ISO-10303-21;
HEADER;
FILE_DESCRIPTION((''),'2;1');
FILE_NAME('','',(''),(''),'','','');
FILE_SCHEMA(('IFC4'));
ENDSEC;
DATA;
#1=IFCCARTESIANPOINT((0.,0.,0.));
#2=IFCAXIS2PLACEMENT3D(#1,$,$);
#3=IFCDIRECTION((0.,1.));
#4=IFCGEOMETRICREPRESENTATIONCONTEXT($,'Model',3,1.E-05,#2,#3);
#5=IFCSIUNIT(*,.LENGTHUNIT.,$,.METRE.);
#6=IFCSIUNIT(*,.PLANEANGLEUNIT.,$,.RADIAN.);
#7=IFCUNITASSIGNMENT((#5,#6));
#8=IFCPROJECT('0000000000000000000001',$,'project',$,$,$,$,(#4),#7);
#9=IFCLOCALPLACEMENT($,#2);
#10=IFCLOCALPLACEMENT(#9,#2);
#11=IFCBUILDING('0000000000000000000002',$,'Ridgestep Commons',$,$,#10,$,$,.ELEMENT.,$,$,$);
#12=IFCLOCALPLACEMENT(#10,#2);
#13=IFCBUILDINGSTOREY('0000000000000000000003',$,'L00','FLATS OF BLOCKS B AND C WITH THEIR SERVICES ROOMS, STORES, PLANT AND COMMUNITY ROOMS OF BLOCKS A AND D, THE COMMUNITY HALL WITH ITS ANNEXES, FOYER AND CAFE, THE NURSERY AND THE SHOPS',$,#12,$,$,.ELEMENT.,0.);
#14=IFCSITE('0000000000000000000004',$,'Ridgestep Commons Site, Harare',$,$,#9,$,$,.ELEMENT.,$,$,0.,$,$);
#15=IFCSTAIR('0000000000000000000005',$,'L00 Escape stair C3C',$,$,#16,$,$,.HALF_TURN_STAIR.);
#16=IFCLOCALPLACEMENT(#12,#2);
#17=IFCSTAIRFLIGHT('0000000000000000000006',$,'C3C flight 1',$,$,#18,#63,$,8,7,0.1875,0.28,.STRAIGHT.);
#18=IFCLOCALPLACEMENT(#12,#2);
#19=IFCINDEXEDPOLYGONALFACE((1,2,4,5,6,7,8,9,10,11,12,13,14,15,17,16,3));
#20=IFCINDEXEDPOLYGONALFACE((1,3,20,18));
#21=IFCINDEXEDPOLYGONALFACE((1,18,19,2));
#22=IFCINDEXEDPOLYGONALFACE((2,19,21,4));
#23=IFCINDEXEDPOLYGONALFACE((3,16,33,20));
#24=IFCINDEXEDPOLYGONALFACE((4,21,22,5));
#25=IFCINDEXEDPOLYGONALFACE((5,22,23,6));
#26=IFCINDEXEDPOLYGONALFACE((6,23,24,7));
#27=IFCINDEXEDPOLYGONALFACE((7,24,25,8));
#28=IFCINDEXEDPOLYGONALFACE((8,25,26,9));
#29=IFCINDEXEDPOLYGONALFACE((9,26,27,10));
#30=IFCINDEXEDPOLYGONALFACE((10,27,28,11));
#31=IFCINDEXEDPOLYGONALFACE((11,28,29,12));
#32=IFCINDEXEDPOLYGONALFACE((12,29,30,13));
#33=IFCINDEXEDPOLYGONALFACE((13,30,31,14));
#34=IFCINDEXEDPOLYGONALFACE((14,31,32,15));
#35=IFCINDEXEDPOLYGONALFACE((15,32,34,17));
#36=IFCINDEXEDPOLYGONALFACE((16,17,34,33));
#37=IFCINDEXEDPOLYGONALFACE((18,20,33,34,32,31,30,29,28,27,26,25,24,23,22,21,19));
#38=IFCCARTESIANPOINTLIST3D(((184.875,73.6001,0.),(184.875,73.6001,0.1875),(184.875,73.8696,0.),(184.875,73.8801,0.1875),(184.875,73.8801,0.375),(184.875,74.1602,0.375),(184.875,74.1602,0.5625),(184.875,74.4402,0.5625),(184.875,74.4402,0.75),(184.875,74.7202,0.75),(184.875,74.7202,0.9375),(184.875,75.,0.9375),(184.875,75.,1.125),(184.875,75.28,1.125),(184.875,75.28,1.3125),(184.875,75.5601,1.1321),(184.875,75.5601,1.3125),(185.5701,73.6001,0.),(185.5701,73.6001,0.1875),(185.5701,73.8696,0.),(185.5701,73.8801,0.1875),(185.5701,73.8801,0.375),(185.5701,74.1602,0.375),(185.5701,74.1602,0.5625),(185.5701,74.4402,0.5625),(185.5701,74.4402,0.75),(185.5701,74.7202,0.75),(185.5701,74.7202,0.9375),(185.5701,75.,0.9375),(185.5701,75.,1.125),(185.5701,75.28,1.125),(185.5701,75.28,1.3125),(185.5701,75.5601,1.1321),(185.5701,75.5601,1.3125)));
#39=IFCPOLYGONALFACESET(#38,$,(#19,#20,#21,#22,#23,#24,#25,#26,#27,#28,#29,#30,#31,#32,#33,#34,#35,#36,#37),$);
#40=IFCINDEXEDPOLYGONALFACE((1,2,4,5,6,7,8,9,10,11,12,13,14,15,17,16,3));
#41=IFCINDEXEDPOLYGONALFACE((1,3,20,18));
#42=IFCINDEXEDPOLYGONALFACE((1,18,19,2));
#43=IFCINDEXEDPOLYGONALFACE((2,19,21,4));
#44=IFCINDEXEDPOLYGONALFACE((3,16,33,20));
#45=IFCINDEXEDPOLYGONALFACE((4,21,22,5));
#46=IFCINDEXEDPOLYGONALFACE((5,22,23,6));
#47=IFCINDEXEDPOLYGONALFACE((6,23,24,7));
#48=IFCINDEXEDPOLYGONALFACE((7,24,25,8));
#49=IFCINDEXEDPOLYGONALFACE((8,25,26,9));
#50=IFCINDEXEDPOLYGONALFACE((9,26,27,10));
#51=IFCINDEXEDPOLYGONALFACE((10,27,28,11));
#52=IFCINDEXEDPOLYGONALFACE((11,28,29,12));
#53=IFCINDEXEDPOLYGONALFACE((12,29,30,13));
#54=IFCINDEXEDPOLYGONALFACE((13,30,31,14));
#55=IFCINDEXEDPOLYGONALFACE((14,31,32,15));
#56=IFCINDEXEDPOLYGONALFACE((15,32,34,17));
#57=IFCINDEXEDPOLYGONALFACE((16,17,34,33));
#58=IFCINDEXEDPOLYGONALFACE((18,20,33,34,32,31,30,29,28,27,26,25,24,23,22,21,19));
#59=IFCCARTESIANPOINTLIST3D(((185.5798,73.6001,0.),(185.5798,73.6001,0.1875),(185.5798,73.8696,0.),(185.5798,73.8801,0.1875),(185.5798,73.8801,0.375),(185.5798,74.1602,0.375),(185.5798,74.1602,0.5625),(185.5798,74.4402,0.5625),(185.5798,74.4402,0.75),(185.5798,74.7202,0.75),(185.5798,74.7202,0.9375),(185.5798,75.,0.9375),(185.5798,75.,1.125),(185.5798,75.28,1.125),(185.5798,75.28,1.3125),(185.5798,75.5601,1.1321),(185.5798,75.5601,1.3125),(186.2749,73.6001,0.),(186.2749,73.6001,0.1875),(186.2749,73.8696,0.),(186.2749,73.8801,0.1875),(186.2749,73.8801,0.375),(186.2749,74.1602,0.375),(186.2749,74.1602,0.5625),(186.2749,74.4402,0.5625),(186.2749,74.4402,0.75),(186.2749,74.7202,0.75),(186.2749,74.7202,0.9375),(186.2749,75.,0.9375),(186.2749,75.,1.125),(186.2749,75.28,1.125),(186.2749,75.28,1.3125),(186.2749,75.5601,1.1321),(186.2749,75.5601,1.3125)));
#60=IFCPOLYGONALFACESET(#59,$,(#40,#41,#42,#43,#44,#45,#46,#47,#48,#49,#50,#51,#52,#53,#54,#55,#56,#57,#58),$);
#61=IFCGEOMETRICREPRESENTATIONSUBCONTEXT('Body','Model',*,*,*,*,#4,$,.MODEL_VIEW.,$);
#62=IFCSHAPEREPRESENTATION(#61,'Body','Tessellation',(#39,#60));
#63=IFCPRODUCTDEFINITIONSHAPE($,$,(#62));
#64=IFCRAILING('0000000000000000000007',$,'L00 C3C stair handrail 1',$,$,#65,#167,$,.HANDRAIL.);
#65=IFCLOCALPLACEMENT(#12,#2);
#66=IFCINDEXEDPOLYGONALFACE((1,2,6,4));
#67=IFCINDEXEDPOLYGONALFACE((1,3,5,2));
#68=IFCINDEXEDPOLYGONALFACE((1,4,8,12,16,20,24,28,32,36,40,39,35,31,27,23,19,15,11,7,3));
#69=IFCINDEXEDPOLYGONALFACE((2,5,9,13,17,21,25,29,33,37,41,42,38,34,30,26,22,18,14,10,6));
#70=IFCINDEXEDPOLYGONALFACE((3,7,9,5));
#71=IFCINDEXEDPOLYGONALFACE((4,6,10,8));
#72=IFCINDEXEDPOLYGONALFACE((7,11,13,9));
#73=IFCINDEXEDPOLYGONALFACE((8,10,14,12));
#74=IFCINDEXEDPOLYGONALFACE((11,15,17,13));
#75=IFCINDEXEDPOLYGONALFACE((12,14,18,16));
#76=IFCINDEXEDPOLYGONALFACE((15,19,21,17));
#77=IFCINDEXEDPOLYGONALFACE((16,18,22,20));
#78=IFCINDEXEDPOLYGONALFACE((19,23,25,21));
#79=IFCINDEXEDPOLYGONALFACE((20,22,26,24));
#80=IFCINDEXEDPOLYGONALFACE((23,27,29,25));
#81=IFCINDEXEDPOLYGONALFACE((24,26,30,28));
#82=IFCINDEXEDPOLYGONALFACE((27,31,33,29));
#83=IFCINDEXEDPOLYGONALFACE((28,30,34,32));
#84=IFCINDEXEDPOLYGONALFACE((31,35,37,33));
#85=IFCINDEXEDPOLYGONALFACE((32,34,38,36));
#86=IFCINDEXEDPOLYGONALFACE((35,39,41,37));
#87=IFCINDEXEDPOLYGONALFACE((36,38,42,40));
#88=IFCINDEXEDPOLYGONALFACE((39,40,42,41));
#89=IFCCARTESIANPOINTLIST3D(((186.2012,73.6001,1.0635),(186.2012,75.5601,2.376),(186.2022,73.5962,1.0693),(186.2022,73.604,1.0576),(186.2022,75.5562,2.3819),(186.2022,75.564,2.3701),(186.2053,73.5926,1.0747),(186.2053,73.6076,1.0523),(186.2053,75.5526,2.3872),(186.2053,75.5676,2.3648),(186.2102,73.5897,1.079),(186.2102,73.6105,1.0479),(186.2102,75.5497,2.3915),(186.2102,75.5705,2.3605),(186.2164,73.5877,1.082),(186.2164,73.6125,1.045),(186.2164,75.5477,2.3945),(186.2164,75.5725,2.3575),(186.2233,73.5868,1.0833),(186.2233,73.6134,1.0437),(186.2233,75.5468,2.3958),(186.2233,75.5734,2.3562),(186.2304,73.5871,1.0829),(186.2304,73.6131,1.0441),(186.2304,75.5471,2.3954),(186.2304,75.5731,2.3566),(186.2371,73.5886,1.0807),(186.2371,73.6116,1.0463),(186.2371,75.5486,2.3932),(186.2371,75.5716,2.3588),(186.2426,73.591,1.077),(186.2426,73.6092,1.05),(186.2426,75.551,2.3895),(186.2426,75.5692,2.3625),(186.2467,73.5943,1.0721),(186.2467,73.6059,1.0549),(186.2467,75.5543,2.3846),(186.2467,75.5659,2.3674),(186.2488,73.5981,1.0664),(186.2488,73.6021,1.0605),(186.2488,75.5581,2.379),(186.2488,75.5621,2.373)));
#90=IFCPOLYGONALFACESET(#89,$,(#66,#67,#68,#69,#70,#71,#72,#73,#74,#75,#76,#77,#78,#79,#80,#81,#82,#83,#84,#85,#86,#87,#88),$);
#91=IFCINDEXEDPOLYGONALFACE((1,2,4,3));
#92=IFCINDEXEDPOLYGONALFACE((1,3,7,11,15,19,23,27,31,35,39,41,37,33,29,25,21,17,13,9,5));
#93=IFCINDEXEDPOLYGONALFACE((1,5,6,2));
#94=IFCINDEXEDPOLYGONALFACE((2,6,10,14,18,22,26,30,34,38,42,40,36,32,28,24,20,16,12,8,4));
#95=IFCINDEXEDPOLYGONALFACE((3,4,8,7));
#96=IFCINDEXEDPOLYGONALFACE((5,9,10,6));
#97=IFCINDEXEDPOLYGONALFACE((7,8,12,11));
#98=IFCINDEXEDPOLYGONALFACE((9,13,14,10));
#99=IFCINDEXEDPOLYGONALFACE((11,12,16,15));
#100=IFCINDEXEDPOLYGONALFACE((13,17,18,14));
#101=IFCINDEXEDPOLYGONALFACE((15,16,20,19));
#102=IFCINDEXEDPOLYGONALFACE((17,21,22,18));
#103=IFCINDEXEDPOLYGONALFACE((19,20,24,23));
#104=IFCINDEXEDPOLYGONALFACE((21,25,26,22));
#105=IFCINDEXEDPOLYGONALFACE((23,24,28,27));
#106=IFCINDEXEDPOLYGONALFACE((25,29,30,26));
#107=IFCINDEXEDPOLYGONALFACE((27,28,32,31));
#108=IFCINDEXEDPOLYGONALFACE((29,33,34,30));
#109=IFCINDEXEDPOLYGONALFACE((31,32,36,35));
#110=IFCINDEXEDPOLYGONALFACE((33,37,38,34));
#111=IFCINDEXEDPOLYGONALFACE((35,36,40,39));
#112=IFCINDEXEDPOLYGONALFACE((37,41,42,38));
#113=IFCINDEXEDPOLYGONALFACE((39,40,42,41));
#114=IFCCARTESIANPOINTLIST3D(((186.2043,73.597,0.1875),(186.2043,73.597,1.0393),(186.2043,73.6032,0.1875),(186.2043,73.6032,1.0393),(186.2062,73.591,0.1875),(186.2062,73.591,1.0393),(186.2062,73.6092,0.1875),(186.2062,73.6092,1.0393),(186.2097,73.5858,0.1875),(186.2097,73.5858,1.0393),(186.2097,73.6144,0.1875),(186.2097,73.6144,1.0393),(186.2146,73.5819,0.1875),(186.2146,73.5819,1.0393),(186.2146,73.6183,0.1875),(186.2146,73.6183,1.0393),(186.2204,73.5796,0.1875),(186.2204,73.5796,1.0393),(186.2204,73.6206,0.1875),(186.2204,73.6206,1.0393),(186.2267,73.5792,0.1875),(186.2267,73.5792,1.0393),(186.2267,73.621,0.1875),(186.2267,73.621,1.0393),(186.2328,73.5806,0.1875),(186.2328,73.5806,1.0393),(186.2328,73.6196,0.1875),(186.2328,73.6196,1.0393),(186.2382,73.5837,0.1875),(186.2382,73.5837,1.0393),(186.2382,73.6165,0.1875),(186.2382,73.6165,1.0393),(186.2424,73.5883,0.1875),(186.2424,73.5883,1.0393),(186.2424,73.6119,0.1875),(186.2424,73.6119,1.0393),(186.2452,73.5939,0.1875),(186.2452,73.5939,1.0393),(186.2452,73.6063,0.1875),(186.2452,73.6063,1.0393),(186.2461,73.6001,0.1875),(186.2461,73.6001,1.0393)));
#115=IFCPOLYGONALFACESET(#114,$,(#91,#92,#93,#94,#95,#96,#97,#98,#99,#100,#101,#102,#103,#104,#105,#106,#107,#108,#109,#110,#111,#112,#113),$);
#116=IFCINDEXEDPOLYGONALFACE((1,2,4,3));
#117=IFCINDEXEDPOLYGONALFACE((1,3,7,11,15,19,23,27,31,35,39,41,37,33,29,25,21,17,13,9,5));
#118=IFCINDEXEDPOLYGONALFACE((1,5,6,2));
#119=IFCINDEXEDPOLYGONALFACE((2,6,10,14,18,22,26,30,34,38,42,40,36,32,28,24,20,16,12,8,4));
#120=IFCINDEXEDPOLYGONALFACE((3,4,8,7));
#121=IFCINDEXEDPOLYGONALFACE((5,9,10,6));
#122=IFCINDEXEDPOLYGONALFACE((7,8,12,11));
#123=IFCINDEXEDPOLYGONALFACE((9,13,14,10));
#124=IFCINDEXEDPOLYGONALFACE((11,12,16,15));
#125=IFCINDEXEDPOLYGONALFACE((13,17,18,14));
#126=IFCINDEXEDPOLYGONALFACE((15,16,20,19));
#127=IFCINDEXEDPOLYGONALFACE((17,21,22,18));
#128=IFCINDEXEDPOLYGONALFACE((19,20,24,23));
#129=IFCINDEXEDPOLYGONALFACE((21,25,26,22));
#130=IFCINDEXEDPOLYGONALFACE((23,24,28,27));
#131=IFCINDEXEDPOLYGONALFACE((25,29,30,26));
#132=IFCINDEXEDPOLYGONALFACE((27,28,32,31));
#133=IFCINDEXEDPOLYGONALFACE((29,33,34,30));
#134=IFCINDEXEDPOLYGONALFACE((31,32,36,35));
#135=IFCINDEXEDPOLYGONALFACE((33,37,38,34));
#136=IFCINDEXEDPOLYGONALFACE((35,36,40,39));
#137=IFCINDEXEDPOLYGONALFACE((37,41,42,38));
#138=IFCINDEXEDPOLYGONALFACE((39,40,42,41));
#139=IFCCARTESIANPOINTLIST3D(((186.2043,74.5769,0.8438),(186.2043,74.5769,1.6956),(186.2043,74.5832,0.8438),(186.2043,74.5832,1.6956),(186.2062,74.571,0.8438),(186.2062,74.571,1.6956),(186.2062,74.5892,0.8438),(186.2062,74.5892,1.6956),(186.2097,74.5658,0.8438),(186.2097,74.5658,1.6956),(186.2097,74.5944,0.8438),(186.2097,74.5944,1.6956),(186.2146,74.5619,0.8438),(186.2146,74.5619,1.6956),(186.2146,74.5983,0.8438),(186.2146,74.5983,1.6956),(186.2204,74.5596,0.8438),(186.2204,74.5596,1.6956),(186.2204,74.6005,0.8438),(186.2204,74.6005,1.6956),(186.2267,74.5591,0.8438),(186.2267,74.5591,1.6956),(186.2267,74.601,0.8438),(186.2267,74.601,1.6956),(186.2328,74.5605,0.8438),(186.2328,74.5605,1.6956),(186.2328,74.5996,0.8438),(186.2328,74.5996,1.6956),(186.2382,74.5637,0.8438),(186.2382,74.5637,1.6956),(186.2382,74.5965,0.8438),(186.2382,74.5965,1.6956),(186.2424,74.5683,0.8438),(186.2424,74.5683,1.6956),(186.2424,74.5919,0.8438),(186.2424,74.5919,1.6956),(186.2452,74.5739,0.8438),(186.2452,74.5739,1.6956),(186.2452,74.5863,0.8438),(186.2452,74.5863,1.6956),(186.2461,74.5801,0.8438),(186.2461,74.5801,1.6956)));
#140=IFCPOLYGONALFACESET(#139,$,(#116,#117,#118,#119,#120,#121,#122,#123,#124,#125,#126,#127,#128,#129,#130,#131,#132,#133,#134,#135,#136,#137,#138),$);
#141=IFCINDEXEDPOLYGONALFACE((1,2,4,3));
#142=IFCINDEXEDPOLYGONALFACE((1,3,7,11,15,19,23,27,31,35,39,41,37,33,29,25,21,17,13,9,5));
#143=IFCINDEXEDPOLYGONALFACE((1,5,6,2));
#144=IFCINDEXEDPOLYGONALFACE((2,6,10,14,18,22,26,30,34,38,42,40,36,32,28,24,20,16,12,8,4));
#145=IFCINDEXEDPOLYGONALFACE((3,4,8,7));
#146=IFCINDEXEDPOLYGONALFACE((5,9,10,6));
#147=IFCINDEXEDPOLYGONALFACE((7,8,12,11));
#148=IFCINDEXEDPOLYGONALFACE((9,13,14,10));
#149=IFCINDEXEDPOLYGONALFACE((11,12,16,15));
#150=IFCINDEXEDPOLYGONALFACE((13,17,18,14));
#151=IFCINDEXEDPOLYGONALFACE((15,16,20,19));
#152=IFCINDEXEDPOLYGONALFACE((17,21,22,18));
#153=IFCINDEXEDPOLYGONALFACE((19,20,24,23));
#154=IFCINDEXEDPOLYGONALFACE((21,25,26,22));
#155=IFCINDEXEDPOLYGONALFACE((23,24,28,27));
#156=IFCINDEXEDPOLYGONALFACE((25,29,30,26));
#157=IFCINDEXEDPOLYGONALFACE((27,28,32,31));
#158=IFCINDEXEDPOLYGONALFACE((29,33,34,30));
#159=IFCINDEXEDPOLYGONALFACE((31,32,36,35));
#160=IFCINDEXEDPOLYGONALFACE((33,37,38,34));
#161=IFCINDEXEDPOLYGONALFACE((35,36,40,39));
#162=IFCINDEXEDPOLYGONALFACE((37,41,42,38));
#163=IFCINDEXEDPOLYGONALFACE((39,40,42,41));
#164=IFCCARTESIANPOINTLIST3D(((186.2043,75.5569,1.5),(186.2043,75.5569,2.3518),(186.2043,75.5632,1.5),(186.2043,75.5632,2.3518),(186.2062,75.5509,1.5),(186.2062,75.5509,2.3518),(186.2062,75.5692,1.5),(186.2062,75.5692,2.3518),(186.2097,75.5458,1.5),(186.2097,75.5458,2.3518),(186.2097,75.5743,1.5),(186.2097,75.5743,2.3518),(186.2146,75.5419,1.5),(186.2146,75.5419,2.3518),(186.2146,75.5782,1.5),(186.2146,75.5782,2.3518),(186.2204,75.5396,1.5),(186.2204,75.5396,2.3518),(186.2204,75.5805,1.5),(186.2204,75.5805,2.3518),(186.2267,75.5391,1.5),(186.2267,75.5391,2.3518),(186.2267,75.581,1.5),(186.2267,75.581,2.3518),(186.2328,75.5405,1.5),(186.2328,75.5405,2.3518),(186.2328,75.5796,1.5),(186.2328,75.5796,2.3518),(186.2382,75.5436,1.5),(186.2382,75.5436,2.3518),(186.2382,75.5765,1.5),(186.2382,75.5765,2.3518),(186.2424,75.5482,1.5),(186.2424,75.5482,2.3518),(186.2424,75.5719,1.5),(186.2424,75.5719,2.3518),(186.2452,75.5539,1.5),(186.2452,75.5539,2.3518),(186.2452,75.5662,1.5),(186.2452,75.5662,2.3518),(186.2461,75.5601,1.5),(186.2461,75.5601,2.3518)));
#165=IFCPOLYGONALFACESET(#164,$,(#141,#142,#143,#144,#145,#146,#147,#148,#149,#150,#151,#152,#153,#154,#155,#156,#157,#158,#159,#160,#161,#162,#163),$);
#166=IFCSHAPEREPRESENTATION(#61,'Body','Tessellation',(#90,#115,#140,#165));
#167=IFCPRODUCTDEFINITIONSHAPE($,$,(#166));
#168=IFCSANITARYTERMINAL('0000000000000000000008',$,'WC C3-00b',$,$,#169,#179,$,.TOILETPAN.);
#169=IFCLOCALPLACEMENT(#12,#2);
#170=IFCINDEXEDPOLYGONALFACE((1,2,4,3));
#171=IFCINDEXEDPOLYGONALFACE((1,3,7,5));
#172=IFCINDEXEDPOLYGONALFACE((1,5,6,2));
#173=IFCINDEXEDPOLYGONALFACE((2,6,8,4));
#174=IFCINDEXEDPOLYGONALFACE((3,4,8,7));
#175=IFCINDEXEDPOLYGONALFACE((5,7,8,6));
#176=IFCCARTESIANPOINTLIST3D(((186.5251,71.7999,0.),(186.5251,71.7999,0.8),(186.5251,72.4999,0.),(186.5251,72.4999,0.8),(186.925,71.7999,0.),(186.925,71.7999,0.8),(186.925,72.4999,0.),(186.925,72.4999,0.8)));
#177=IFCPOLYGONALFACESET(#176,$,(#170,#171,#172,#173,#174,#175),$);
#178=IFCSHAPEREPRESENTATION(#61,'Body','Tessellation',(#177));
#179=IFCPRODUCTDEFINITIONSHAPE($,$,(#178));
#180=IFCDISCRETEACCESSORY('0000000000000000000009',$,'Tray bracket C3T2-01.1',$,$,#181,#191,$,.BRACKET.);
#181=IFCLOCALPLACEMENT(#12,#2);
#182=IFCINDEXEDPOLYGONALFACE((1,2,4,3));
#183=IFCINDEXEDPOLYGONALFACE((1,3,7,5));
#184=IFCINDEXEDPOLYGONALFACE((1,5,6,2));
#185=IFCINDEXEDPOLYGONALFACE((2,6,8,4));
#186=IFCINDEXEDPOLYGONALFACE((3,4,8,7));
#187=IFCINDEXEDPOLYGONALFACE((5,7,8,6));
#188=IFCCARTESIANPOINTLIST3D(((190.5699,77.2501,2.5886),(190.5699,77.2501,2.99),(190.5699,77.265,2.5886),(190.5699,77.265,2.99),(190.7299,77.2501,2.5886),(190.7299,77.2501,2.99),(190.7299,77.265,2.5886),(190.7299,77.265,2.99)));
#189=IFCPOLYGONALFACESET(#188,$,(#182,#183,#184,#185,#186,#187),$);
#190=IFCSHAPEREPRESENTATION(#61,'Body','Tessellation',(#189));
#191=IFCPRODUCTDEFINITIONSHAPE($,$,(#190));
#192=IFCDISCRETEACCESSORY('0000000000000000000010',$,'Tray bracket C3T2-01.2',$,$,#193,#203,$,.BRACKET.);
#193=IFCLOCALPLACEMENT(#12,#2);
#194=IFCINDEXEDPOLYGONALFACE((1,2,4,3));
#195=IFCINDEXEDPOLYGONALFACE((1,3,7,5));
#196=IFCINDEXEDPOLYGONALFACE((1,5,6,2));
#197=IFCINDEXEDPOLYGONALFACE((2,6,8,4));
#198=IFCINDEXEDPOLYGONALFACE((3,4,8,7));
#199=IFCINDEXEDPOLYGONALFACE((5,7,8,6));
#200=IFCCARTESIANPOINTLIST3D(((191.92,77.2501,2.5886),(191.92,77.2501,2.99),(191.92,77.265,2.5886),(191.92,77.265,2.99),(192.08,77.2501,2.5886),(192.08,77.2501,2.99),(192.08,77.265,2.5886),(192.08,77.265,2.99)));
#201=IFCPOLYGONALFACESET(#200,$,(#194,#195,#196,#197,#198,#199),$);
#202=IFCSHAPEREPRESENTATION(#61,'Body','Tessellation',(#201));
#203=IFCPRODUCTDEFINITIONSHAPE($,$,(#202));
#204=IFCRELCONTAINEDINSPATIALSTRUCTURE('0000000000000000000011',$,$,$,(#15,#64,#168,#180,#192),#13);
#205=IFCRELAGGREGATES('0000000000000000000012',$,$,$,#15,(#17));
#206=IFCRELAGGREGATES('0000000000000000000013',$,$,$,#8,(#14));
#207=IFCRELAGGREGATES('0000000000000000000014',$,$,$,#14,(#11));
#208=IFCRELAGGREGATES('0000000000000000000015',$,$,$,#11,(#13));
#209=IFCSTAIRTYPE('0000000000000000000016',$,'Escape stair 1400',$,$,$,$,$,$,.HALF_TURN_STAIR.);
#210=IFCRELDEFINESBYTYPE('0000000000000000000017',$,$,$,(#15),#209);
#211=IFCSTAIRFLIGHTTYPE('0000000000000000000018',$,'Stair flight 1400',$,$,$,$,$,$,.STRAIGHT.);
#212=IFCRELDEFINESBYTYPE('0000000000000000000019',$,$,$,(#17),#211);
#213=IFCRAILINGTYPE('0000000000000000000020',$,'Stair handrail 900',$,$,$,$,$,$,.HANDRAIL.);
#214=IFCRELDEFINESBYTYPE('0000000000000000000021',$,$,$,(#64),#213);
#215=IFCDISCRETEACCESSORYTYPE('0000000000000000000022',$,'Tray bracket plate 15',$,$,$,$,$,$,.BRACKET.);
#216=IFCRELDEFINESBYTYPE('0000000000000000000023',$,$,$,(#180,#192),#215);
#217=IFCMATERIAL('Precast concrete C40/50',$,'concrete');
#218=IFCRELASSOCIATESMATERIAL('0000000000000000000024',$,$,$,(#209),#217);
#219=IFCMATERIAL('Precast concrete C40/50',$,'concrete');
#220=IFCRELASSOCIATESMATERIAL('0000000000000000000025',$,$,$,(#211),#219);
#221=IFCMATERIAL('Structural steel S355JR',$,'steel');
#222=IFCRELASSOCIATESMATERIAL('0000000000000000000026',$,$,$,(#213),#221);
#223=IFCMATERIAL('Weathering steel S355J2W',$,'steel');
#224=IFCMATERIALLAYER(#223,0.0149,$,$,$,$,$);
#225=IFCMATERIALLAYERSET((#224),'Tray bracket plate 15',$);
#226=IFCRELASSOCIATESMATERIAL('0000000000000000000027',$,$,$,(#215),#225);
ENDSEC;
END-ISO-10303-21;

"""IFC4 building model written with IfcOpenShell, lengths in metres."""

from ifc_helpers import new_model, si_unit, direction, frame, origin, origin_2d, place, context, subcontext, project, spatial, polyline, rectangle, circle, outline, extrude, material, layer, layer_set, type_object, element, aggregate, save


model = new_model("IFC4")

# Units and contexts
model_context = context("Model", 3, precision=1e-05, world=origin(), true_north=direction((0.0, 1.0)))
body_context = subcontext(model_context, "Body", "Model", "MODEL_VIEW")
ifc_project = project(units=[si_unit("LENGTHUNIT", "METRE"), si_unit("PLANEANGLEUNIT", "RADIAN")], contexts=[model_context])

# Site, building, storey
site_placement = place(None, origin())
site = spatial("IfcSite", under=ifc_project, at=site_placement, Name="Ridgestep Commons Site, Harare", CompositionType="ELEMENT", RefElevation=0.0)
building_placement = place(site_placement, origin())
building = spatial("IfcBuilding", under=site, at=building_placement, Name="Ridgestep Commons", CompositionType="ELEMENT")
storey_placement = place(building_placement, origin())
storey = spatial("IfcBuildingStorey", under=building, at=storey_placement, Name="L00", Description="FLATS OF BLOCKS B AND C WITH THEIR SERVICES ROOMS, STORES, PLANT AND COMMUNITY ROOMS OF BLOCKS A AND D, THE COMMUNITY HALL WITH ITS ANNEXES, FOYER AND CAFE, THE NURSERY AND THE SHOPS", CompositionType="ELEMENT", Elevation=0.0)

# Stair, stair flight
ifc_material_1 = material(Name="Precast concrete C40/50", Category="concrete")
stair_type = type_object("IfcStairType", Name="Escape stair 1400", PredefinedType="HALF_TURN_STAIR", material=ifc_material_1)
stair_placement = place(storey_placement, origin())
stair = element("IfcStair", 1, at=stair_placement, inside=storey, type_object=stair_type, Name="L00 Escape stair C3C", PredefinedType="HALF_TURN_STAIR")
ifc_material_2 = material(Name="Precast concrete C40/50", Category="concrete")
stair_flight_type = type_object("IfcStairFlightType", Name="Stair flight 1400", PredefinedType="STRAIGHT", material=ifc_material_2)
stair_flight_placement = place(storey_placement, frame((185.575, 73.6001, 0.0), z_axis=(0.0, 0.0, 1.0), x_axis=(0.0, 1.0, 0.0)))
stair_flight = element("IfcStairFlight", 2, at=stair_flight_placement, type_object=stair_flight_type, Name="C3C flight 1", NumberOfRisers=8, NumberOfTreads=7, PredefinedType="STRAIGHT", RiserHeight=0.1875, TreadLength=0.28, context=body_context, shape_type="SweptSolid", body=[
    extrude(outline(polyline([(0.0, 0.0), (0.0, 0.1875), (0.28, 0.1875), (0.28, 0.375), (0.5601, 0.375), (0.5601, 0.5625), (0.8401, 0.5625), (0.8401, 0.75), (1.1201, 0.75), (1.1201, 0.9375), (1.3999, 0.9375), (1.3999, 1.125), (1.6799, 1.125), (1.6799, 1.3125), (1.96, 1.3125), (1.96, 1.5), (1.96, 1.1321), (0.2695, 0.0), (0.0, 0.0)])), frame((0.0, 0.7, 0.0), z_axis=(0.0, -1.0, 0.0), x_axis=(1.0, 0.0, 0.0)), (0.0, 0.0, 1.0), 0.6951),
    extrude(outline(polyline([(0.0, 0.0), (0.0, 0.1875), (0.28, 0.1875), (0.28, 0.375), (0.5601, 0.375), (0.5601, 0.5625), (0.8401, 0.5625), (0.8401, 0.75), (1.1201, 0.75), (1.1201, 0.9375), (1.3999, 0.9375), (1.3999, 1.125), (1.6799, 1.125), (1.6799, 1.3125), (1.96, 1.3125), (1.96, 1.5), (1.96, 1.1321), (0.2695, 0.0), (0.0, 0.0)])), frame((0.0, -0.0049, 0.0), z_axis=(0.0, -1.0, 0.0), x_axis=(1.0, 0.0, 0.0)), (0.0, 0.0, 1.0), 0.6951),
])
aggregate(stair, [stair_flight])

# Railing
ifc_material_3 = material(Name="Structural steel S355JR", Category="steel")
railing_type = type_object("IfcRailingType", Name="Stair handrail 900", PredefinedType="HANDRAIL", material=ifc_material_3)
railing_placement = place(storey_placement, frame((186.2251, 73.6001, 0.1875)))
element("IfcRailing", 3, at=railing_placement, inside=storey, type_object=railing_type, Name="L00 C3C stair handrail 1", PredefinedType="HANDRAIL", context=body_context, shape_type="SweptSolid", body=[
    extrude(circle(Radius=0.0239, at=origin_2d()), frame((0.0, 0.0, 0.876), z_axis=(0.0, 0.830902, 0.556419), x_axis=(-1.0, 0.0, 0.0)), (0.0, 0.0, 1.0), 2.3589),
    extrude(circle(Radius=0.021, at=origin_2d()), origin(), (0.0, 0.0, 1.0), 0.8518),
    extrude(circle(Radius=0.021, at=origin_2d()), frame((0.0, 0.98, 0.6562)), (0.0, 0.0, 1.0), 0.8518),
    extrude(circle(Radius=0.021, at=origin_2d()), frame((0.0, 1.96, 1.3125)), (0.0, 0.0, 1.0), 0.8518),
])

# Sanitary terminal
sanitary_terminal_placement = place(storey_placement, frame((186.7251, 72.1499, 0.0), z_axis=(0.0, 0.0, 1.0), x_axis=(1.0, 0.0, 0.0)))
element("IfcSanitaryTerminal", 4, at=sanitary_terminal_placement, inside=storey, Name="WC C3-00b", PredefinedType="TOILETPAN", context=body_context, shape_type="SweptSolid", body=[
    extrude(rectangle(XDim=0.3999, YDim=0.7, at=origin_2d()), origin(), (0.0, 0.0, 1.0), 0.8),
])

# Discrete accessories
ifc_material_4 = material(Name="Weathering steel S355J2W", Category="steel")
ifc_layer_1 = layer(ifc_material_4, 0.0149)
ifc_layer_set_1 = layer_set([ifc_layer_1], Name="Tray bracket plate 15")
discrete_accessory_type_1 = type_object("IfcDiscreteAccessoryType", Name="Tray bracket plate 15", PredefinedType="BRACKET", material=ifc_layer_set_1)
for number, where, z_axis, x_axis, name in (
    (5, (190.6499, 77.2576, 2.5886), (0.0, 0.0, 1.0), (1.0, 0.0, 0.0), "Tray bracket C3T2-01.1"),
    (6, (192.0, 77.2576, 2.5886), (0.0, 0.0, 1.0), (1.0, 0.0, 0.0), "Tray bracket C3T2-01.2"),
):
    element("IfcDiscreteAccessory", number, at=place(storey_placement, frame(where, z_axis=z_axis, x_axis=x_axis)), inside=storey, type_object=discrete_accessory_type_1, Name=name, PredefinedType="BRACKET", context=body_context, shape_type="SweptSolid", body=[
        extrude(rectangle(XDim=0.1599, YDim=0.0149, at=origin_2d()), origin(), (0.0, 0.0, 1.0), 0.4014),
    ])

save(model, "model.ifc")
